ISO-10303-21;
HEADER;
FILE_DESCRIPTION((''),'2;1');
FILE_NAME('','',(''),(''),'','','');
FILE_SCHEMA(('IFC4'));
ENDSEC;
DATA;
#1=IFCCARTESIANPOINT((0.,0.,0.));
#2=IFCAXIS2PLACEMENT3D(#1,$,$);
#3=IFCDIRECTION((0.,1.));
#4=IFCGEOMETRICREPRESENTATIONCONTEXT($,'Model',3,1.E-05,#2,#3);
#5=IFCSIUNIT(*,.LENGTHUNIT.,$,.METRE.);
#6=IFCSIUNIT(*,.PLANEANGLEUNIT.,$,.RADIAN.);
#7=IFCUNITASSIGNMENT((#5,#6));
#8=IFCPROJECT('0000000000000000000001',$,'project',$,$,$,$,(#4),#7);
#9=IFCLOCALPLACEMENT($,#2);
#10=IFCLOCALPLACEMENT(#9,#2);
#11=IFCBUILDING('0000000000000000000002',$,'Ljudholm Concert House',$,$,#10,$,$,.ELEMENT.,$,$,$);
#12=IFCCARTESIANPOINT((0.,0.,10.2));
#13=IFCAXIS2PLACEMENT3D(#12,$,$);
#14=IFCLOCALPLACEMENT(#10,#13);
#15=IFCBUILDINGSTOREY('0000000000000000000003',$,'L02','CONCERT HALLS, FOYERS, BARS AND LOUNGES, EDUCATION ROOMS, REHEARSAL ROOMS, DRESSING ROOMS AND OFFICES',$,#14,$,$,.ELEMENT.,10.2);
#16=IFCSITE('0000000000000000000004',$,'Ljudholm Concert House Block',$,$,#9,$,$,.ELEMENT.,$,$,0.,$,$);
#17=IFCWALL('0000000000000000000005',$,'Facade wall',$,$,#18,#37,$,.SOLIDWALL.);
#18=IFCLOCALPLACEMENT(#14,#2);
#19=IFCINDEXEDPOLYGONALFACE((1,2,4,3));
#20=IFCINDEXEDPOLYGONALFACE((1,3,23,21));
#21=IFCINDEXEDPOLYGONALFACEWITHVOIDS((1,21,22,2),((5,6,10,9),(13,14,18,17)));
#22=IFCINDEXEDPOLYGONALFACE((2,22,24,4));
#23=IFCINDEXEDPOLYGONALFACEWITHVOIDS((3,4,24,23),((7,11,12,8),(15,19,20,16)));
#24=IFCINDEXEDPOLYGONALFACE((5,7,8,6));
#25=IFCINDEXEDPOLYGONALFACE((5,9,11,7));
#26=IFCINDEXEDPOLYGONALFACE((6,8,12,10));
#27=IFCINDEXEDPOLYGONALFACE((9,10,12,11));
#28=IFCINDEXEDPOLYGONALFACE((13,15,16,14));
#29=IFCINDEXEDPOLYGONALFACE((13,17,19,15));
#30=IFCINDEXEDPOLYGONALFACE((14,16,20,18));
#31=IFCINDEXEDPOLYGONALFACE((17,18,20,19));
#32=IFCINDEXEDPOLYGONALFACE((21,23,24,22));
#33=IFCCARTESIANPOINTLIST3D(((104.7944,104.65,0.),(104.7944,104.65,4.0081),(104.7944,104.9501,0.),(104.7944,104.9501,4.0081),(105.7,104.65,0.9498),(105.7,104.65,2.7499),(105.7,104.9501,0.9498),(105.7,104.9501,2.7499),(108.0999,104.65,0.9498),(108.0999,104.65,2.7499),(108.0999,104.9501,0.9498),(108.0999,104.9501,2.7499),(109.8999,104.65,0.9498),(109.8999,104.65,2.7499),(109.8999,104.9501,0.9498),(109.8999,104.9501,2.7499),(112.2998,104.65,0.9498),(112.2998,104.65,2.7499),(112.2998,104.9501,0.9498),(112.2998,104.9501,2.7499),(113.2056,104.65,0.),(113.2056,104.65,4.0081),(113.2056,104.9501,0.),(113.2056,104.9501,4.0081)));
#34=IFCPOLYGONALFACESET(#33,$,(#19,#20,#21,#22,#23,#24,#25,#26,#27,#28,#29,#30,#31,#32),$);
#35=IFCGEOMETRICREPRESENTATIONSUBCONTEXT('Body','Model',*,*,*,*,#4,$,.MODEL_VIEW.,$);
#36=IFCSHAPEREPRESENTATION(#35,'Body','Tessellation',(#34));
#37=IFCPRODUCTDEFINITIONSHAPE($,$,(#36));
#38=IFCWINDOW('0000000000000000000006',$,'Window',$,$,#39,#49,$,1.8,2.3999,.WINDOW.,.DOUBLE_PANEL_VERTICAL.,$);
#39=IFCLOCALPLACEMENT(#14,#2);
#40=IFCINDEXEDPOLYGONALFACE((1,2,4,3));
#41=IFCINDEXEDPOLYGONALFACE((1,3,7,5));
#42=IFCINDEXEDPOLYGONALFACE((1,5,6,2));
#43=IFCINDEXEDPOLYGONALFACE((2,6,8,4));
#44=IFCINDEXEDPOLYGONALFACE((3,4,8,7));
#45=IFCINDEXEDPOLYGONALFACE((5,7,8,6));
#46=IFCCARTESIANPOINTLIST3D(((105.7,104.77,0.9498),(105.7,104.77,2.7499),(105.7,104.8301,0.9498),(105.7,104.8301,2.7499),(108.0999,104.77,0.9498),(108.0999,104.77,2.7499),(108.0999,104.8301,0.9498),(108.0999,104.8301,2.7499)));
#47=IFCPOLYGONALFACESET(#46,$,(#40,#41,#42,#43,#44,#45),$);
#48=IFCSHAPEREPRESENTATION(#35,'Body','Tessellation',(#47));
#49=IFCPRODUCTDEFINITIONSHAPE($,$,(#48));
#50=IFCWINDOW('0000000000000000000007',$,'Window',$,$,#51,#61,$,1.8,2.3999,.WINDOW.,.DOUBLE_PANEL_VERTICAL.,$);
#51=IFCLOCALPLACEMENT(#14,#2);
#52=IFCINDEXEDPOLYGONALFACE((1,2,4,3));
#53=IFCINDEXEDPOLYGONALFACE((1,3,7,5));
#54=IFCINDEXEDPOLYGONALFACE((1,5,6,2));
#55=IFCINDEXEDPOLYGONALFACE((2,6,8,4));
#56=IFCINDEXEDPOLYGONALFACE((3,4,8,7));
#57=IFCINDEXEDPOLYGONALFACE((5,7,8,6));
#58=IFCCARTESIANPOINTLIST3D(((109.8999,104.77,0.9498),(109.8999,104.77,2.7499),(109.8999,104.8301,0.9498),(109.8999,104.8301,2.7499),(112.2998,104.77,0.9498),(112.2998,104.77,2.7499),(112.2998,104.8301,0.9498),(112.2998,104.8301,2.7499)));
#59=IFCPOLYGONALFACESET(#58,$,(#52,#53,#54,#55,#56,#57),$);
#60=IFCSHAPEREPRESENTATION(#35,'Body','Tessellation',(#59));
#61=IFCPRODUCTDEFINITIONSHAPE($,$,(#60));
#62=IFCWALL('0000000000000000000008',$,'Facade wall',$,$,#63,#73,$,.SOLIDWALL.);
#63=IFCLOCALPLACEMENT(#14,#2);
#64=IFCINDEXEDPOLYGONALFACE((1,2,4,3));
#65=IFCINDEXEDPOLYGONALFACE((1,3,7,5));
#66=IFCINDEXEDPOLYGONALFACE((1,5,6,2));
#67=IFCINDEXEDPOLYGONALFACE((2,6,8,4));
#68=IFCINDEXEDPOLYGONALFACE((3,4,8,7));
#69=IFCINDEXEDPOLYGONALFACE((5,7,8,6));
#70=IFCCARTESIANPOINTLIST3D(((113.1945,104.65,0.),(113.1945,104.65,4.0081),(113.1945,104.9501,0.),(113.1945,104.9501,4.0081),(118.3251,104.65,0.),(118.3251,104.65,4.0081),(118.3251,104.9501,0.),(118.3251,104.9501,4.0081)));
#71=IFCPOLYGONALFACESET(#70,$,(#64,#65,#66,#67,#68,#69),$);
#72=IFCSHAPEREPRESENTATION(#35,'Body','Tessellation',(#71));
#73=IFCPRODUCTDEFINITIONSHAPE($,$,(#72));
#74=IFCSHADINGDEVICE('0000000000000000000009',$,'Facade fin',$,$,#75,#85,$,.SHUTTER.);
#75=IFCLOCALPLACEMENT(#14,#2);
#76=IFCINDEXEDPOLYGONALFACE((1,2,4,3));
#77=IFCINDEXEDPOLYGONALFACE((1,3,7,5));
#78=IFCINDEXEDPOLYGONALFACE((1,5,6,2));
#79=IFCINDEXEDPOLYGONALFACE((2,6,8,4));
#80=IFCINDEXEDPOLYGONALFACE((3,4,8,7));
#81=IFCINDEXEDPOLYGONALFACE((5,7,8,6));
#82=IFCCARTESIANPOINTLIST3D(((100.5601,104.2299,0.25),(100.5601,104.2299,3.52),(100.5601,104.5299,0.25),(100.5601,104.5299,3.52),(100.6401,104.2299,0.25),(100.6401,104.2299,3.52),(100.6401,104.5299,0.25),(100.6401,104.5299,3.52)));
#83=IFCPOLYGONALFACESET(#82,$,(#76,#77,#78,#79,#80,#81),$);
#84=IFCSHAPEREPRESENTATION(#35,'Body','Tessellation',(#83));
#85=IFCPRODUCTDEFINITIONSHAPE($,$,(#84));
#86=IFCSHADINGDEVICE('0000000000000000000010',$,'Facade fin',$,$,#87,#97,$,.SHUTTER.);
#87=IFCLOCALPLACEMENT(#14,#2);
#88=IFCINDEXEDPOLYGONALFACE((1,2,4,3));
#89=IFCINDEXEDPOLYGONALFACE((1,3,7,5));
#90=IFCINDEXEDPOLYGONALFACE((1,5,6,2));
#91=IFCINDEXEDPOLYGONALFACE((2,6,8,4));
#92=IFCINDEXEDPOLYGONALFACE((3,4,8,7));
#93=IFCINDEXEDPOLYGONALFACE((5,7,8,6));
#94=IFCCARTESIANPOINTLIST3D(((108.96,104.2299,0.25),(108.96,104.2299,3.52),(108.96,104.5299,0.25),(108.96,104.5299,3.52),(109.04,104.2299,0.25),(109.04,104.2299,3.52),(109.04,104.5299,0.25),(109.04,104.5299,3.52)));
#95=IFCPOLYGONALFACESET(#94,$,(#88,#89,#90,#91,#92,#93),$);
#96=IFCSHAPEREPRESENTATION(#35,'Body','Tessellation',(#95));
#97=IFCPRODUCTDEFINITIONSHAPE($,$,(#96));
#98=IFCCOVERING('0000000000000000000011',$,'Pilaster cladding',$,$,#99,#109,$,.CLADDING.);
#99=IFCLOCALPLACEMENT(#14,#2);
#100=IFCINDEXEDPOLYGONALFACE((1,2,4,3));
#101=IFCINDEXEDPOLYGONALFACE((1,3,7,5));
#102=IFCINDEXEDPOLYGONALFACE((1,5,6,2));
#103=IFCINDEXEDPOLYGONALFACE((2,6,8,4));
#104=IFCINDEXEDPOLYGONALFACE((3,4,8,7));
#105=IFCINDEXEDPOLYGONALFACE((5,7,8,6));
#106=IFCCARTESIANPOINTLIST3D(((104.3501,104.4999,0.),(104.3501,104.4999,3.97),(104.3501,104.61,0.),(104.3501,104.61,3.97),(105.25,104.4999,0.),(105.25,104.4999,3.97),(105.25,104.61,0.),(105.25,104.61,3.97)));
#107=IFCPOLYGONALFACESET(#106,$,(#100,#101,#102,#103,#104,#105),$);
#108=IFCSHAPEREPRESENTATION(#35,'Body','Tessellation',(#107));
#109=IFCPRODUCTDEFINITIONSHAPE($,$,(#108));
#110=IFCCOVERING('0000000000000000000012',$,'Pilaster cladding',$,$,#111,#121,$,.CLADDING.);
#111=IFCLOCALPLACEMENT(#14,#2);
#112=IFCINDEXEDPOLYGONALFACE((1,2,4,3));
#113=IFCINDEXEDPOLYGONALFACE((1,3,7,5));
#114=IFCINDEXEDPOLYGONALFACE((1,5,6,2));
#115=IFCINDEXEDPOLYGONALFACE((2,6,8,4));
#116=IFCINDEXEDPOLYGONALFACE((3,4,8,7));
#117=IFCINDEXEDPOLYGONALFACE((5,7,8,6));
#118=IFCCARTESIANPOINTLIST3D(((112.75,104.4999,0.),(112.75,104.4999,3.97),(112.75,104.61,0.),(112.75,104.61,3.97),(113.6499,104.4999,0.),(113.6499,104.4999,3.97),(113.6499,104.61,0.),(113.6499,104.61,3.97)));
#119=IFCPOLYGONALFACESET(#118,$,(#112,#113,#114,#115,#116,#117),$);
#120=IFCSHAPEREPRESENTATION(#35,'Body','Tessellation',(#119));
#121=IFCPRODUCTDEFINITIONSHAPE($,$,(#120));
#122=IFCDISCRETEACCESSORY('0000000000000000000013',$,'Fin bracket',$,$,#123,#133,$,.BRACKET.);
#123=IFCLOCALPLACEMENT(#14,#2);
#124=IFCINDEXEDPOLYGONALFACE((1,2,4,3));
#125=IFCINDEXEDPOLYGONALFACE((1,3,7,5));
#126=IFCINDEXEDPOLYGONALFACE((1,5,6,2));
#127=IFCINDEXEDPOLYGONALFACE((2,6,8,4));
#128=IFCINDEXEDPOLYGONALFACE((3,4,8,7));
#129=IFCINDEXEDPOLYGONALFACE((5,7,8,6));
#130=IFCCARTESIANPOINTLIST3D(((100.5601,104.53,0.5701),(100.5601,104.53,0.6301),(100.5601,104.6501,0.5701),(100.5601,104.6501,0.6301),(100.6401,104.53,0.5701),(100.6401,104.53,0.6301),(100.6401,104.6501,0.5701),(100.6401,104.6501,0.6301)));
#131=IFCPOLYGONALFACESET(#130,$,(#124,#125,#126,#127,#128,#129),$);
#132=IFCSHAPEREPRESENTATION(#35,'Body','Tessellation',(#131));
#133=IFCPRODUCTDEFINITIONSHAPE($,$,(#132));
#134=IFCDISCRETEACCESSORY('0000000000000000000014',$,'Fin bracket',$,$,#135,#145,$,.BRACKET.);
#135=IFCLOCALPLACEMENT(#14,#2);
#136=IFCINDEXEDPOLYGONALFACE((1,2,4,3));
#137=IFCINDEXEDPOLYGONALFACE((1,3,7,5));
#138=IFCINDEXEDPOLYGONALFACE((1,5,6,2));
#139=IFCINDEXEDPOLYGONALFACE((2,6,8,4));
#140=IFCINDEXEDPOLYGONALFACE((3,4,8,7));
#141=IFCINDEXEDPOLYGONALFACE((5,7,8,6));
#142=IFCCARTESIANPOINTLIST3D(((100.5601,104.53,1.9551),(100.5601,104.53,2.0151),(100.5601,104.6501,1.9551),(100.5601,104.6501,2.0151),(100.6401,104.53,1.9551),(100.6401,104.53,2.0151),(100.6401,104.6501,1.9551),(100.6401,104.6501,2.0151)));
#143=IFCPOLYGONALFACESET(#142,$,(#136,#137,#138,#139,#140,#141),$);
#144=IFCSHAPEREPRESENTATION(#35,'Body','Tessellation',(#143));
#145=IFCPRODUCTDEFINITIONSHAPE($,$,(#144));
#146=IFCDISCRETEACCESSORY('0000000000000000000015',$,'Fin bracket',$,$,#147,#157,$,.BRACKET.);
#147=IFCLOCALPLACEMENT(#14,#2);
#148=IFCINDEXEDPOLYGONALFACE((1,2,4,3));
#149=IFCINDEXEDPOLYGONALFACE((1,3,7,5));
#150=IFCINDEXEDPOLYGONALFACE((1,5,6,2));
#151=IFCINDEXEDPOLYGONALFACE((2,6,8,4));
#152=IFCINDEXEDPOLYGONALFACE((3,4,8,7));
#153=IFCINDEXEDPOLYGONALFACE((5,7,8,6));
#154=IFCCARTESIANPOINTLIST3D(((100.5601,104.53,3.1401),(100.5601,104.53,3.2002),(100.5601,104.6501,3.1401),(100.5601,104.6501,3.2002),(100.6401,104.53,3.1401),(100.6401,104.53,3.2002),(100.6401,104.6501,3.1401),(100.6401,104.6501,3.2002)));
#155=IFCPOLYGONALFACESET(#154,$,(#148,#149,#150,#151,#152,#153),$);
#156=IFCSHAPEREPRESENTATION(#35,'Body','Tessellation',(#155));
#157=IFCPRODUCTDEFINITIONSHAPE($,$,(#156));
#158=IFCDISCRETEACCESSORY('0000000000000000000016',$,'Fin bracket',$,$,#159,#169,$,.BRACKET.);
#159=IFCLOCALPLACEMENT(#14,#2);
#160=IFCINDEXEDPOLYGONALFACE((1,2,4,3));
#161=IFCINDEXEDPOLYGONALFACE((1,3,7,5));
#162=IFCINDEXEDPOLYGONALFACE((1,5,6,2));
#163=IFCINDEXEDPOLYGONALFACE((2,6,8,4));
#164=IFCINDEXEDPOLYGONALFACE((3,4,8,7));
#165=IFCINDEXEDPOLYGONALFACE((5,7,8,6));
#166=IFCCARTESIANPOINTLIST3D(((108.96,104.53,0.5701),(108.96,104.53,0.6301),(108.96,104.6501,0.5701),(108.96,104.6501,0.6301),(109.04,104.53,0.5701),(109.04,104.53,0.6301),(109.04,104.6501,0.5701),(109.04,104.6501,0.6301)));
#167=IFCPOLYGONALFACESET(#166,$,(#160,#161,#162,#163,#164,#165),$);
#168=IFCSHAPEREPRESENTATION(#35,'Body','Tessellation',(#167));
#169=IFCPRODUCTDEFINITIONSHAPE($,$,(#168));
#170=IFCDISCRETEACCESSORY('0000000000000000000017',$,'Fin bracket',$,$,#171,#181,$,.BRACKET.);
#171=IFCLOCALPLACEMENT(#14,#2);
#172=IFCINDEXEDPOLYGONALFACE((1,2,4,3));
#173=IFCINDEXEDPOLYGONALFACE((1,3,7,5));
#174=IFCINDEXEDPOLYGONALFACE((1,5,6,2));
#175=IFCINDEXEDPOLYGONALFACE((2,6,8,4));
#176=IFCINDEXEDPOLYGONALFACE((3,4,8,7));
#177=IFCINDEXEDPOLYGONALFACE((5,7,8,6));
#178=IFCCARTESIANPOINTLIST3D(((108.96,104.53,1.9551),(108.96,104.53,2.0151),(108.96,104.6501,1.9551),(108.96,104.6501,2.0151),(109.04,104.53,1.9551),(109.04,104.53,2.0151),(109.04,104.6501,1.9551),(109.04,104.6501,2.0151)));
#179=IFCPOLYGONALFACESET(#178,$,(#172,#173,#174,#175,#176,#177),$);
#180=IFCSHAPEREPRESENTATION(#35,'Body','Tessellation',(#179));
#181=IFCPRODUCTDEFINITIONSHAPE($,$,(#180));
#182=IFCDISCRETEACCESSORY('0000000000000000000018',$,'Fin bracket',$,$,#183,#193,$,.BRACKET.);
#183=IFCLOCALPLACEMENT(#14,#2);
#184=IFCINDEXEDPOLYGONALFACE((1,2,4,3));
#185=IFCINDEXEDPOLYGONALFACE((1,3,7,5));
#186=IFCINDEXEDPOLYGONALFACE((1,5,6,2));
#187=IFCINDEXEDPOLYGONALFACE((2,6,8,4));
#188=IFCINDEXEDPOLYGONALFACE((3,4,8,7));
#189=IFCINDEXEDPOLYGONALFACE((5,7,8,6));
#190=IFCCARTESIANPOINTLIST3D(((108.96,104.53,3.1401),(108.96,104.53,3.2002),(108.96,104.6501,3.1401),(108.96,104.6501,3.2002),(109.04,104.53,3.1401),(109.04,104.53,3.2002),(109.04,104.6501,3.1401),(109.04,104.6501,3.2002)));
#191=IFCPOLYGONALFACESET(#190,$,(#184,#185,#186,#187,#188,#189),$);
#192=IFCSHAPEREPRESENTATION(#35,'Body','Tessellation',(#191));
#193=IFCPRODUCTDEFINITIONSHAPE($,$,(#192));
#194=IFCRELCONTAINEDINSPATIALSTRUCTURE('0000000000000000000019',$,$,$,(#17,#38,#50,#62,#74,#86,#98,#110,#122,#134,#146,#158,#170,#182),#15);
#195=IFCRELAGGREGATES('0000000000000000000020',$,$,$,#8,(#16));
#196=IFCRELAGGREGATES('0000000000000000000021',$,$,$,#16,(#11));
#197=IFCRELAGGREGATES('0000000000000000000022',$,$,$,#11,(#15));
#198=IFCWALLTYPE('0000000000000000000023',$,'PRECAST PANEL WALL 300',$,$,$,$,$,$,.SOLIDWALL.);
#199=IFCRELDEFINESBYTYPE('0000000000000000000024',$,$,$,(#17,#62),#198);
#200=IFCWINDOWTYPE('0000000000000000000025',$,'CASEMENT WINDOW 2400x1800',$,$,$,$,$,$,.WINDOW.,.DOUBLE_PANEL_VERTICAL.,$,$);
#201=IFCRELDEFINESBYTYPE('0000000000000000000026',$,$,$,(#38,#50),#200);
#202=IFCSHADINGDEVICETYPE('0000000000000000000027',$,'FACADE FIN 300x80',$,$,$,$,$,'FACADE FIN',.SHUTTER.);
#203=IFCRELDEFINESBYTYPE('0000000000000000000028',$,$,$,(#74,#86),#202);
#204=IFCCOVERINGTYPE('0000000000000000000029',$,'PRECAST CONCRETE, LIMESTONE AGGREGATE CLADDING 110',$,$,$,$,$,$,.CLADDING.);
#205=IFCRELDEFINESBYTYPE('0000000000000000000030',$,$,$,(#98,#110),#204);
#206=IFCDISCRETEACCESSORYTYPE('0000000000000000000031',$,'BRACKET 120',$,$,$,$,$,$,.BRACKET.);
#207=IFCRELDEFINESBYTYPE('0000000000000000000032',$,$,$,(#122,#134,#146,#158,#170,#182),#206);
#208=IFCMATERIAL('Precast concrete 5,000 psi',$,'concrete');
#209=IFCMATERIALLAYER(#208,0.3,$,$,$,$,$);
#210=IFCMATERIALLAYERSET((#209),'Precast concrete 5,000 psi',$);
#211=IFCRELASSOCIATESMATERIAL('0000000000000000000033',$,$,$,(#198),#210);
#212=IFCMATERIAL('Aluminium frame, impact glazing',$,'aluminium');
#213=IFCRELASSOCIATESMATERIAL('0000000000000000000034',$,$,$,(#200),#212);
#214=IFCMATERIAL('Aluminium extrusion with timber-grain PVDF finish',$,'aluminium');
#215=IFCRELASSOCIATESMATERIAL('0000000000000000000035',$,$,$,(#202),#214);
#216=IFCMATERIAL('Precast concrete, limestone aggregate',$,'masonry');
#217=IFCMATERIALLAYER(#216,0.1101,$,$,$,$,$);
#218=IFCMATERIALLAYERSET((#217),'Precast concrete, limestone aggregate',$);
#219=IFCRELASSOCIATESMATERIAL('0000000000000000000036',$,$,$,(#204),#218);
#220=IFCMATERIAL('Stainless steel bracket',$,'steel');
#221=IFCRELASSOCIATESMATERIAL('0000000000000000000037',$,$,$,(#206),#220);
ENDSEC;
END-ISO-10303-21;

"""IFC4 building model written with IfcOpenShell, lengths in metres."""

from ifc_helpers import new_model, si_unit, direction, frame, frame_2d, origin, origin_2d, place, context, subcontext, project, spatial, rectangle, extrude, material, layer, layer_set, type_object, element, fill, save


model = new_model("IFC4")

# Units and contexts
model_context = context("Model", 3, precision=1e-05, world=origin(), true_north=direction((0.0, 1.0)))
body_context = subcontext(model_context, "Body", "Model", "MODEL_VIEW")
ifc_project = project(units=[si_unit("LENGTHUNIT", "METRE"), si_unit("PLANEANGLEUNIT", "RADIAN")], contexts=[model_context])

# Site, building, storey
site_placement = place(None, origin())
site = spatial("IfcSite", under=ifc_project, at=site_placement, Name="Ljudholm Concert House Block", CompositionType="ELEMENT", RefElevation=0.0)
building_placement = place(site_placement, origin())
building = spatial("IfcBuilding", under=site, at=building_placement, Name="Ljudholm Concert House", CompositionType="ELEMENT")
storey_placement = place(building_placement, frame((0.0, 0.0, 10.2)))
storey = spatial("IfcBuildingStorey", under=building, at=storey_placement, Name="L02", Description="CONCERT HALLS, FOYERS, BARS AND LOUNGES, EDUCATION ROOMS, REHEARSAL ROOMS, DRESSING ROOMS AND OFFICES", CompositionType="ELEMENT", Elevation=10.2)

# Shared definitions
ifc_material_1 = material(Name="Precast concrete 5,000 psi", Category="concrete")
ifc_layer_1 = layer(ifc_material_1, 0.3)
ifc_layer_set_1 = layer_set([ifc_layer_1], Name="Precast concrete 5,000 psi")
wall_type = type_object("IfcWallType", Name="PRECAST PANEL WALL 300", PredefinedType="SOLIDWALL", material=ifc_layer_set_1)

# Wall, openings, windows
wall_1_placement = place(storey_placement, frame((104.7944, 104.8, 0.0), z_axis=(0.0, 0.0, 1.0), x_axis=(1.0, 0.0, 0.0)))
wall_1 = element("IfcWall", 1, at=wall_1_placement, inside=storey, type_object=wall_type, Name="Facade wall", PredefinedType="SOLIDWALL", context=body_context, shape_type="SweptSolid", body=[
    extrude(rectangle(XDim=8.4111, YDim=0.3, at=frame_2d((4.2056, 0.0))), origin(), (0.0, 0.0, 1.0), 4.0081),
])
opening_1_placement = place(wall_1_placement, frame((0.9055, 0.0, 0.95)))
opening_1 = element("IfcOpeningElement", 2, at=opening_1_placement, cuts=wall_1, PredefinedType="OPENING", context=body_context, shape_type="SweptSolid", body=[
    extrude(rectangle(XDim=2.3999, YDim=1.8, at=frame_2d((1.2, 0.8999))), frame((0.0, 0.1599, 0.0), z_axis=(0.0, -1.0, 0.0), x_axis=(1.0, 0.0, 0.0)), (0.0, 0.0, 1.0), 0.3201),
])
opening_2_placement = place(wall_1_placement, frame((5.1055, 0.0, 0.95)))
opening_2 = element("IfcOpeningElement", 3, at=opening_2_placement, cuts=wall_1, PredefinedType="OPENING", context=body_context, shape_type="SweptSolid", body=[
    extrude(rectangle(XDim=2.3999, YDim=1.8, at=frame_2d((1.2, 0.8999))), frame((0.0, 0.1599, 0.0), z_axis=(0.0, -1.0, 0.0), x_axis=(1.0, 0.0, 0.0)), (0.0, 0.0, 1.0), 0.3201),
])
ifc_material_2 = material(Name="Aluminium frame, impact glazing", Category="aluminium")
window_type = type_object("IfcWindowType", Name="CASEMENT WINDOW 2400x1800", PartitioningType="DOUBLE_PANEL_VERTICAL", PredefinedType="WINDOW", material=ifc_material_2)
window_1_placement = place(opening_1_placement, origin())
window_1 = element("IfcWindow", 4, at=window_1_placement, inside=storey, type_object=window_type, Name="Window", OverallHeight=1.8, OverallWidth=2.3999, PartitioningType="DOUBLE_PANEL_VERTICAL", PredefinedType="WINDOW", context=body_context, shape_type="SweptSolid", body=[
    extrude(rectangle(XDim=2.3999, YDim=1.8, at=frame_2d((1.2, 0.8999))), frame((0.0, 0.03, 0.0), z_axis=(0.0, -1.0, 0.0), x_axis=(1.0, 0.0, 0.0)), (0.0, 0.0, 1.0), 0.0601),
])
fill(opening_1, window_1)
window_2_placement = place(opening_2_placement, origin())
window_2 = element("IfcWindow", 5, at=window_2_placement, inside=storey, type_object=window_type, Name="Window", OverallHeight=1.8, OverallWidth=2.3999, PartitioningType="DOUBLE_PANEL_VERTICAL", PredefinedType="WINDOW", context=body_context, shape_type="SweptSolid", body=[
    extrude(rectangle(XDim=2.3999, YDim=1.8, at=frame_2d((1.2, 0.8999))), frame((0.0, 0.03, 0.0), z_axis=(0.0, -1.0, 0.0), x_axis=(1.0, 0.0, 0.0)), (0.0, 0.0, 1.0), 0.0601),
])
fill(opening_2, window_2)

# Wall
wall_2_placement = place(storey_placement, frame((113.1943, 104.8, 0.0), z_axis=(0.0, 0.0, 1.0), x_axis=(1.0, 0.0, 0.0)))
element("IfcWall", 6, at=wall_2_placement, inside=storey, type_object=wall_type, Name="Facade wall", PredefinedType="SOLIDWALL", context=body_context, shape_type="SweptSolid", body=[
    extrude(rectangle(XDim=5.1306, YDim=0.3, at=frame_2d((2.5654, 0.0))), origin(), (0.0, 0.0, 1.0), 4.0081),
])

# Shading devices
ifc_material_3 = material(Name="Aluminium extrusion with timber-grain PVDF finish", Category="aluminium")
shading_device_type = type_object("IfcShadingDeviceType", Name="FACADE FIN 300x80", ElementType="FACADE FIN", PredefinedType="SHUTTER", material=ifc_material_3)
for number, where, z_axis, x_axis, name in (
    (7, (100.6001, 104.3799, 0.25), (0.0, 0.0, 1.0), (0.0, -1.0, 0.0), "Facade fin"),
    (8, (109.0, 104.3799, 0.25), (0.0, 0.0, 1.0), (0.0, -1.0, 0.0), "Facade fin"),
):
    element("IfcShadingDevice", number, at=place(storey_placement, frame(where, z_axis=z_axis, x_axis=x_axis)), inside=storey, type_object=shading_device_type, Name=name, PredefinedType="SHUTTER", context=body_context, shape_type="SweptSolid", body=[
        extrude(rectangle(XDim=0.3, YDim=0.0801, at=origin_2d()), origin(), (0.0, 0.0, 1.0), 3.27),
    ])

# Coverings
ifc_material_4 = material(Name="Precast concrete, limestone aggregate", Category="masonry")
ifc_layer_2 = layer(ifc_material_4, 0.1101)
ifc_layer_set_2 = layer_set([ifc_layer_2], Name="Precast concrete, limestone aggregate")
covering_type = type_object("IfcCoveringType", Name="PRECAST CONCRETE, LIMESTONE AGGREGATE CLADDING 110", PredefinedType="CLADDING", material=ifc_layer_set_2)
for number, where, z_axis, x_axis, name in (
    (9, (104.8, 104.5549, 0.0), (0.0, 0.0, 1.0), (0.0, -1.0, 0.0), "Pilaster cladding"),
    (10, (113.2, 104.5549, 0.0), (0.0, 0.0, 1.0), (0.0, -1.0, 0.0), "Pilaster cladding"),
):
    element("IfcCovering", number, at=place(storey_placement, frame(where, z_axis=z_axis, x_axis=x_axis)), inside=storey, type_object=covering_type, Name=name, PredefinedType="CLADDING", context=body_context, shape_type="SweptSolid", body=[
        extrude(rectangle(XDim=0.1101, YDim=0.8999, at=origin_2d()), origin(), (0.0, 0.0, 1.0), 3.97),
    ])

# Discrete accessories
ifc_material_5 = material(Name="Stainless steel bracket", Category="steel")
discrete_accessory_type = type_object("IfcDiscreteAccessoryType", Name="BRACKET 120", PredefinedType="BRACKET", material=ifc_material_5)
for number, where, z_axis, x_axis, name in (
    (11, (100.6001, 104.5901, 0.5701), (0.0, 0.0, 1.0), (0.0, -1.0, 0.0), "Fin bracket"),
    (12, (100.6001, 104.5901, 1.9551), (0.0, 0.0, 1.0), (0.0, -1.0, 0.0), "Fin bracket"),
    (13, (100.6001, 104.5901, 3.1401), (0.0, 0.0, 1.0), (0.0, -1.0, 0.0), "Fin bracket"),
    (14, (109.0, 104.5901, 0.5701), (0.0, 0.0, 1.0), (0.0, -1.0, 0.0), "Fin bracket"),
    (15, (109.0, 104.5901, 1.9551), (0.0, 0.0, 1.0), (0.0, -1.0, 0.0), "Fin bracket"),
    (16, (109.0, 104.5901, 3.1401), (0.0, 0.0, 1.0), (0.0, -1.0, 0.0), "Fin bracket"),
):
    element("IfcDiscreteAccessory", number, at=place(storey_placement, frame(where, z_axis=z_axis, x_axis=x_axis)), inside=storey, type_object=discrete_accessory_type, Name=name, PredefinedType="BRACKET", context=body_context, shape_type="SweptSolid", body=[
        extrude(rectangle(XDim=0.1201, YDim=0.0801, at=origin_2d()), origin(), (0.0, 0.0, 1.0), 0.0601),
    ])

save(model, "model.ifc")
